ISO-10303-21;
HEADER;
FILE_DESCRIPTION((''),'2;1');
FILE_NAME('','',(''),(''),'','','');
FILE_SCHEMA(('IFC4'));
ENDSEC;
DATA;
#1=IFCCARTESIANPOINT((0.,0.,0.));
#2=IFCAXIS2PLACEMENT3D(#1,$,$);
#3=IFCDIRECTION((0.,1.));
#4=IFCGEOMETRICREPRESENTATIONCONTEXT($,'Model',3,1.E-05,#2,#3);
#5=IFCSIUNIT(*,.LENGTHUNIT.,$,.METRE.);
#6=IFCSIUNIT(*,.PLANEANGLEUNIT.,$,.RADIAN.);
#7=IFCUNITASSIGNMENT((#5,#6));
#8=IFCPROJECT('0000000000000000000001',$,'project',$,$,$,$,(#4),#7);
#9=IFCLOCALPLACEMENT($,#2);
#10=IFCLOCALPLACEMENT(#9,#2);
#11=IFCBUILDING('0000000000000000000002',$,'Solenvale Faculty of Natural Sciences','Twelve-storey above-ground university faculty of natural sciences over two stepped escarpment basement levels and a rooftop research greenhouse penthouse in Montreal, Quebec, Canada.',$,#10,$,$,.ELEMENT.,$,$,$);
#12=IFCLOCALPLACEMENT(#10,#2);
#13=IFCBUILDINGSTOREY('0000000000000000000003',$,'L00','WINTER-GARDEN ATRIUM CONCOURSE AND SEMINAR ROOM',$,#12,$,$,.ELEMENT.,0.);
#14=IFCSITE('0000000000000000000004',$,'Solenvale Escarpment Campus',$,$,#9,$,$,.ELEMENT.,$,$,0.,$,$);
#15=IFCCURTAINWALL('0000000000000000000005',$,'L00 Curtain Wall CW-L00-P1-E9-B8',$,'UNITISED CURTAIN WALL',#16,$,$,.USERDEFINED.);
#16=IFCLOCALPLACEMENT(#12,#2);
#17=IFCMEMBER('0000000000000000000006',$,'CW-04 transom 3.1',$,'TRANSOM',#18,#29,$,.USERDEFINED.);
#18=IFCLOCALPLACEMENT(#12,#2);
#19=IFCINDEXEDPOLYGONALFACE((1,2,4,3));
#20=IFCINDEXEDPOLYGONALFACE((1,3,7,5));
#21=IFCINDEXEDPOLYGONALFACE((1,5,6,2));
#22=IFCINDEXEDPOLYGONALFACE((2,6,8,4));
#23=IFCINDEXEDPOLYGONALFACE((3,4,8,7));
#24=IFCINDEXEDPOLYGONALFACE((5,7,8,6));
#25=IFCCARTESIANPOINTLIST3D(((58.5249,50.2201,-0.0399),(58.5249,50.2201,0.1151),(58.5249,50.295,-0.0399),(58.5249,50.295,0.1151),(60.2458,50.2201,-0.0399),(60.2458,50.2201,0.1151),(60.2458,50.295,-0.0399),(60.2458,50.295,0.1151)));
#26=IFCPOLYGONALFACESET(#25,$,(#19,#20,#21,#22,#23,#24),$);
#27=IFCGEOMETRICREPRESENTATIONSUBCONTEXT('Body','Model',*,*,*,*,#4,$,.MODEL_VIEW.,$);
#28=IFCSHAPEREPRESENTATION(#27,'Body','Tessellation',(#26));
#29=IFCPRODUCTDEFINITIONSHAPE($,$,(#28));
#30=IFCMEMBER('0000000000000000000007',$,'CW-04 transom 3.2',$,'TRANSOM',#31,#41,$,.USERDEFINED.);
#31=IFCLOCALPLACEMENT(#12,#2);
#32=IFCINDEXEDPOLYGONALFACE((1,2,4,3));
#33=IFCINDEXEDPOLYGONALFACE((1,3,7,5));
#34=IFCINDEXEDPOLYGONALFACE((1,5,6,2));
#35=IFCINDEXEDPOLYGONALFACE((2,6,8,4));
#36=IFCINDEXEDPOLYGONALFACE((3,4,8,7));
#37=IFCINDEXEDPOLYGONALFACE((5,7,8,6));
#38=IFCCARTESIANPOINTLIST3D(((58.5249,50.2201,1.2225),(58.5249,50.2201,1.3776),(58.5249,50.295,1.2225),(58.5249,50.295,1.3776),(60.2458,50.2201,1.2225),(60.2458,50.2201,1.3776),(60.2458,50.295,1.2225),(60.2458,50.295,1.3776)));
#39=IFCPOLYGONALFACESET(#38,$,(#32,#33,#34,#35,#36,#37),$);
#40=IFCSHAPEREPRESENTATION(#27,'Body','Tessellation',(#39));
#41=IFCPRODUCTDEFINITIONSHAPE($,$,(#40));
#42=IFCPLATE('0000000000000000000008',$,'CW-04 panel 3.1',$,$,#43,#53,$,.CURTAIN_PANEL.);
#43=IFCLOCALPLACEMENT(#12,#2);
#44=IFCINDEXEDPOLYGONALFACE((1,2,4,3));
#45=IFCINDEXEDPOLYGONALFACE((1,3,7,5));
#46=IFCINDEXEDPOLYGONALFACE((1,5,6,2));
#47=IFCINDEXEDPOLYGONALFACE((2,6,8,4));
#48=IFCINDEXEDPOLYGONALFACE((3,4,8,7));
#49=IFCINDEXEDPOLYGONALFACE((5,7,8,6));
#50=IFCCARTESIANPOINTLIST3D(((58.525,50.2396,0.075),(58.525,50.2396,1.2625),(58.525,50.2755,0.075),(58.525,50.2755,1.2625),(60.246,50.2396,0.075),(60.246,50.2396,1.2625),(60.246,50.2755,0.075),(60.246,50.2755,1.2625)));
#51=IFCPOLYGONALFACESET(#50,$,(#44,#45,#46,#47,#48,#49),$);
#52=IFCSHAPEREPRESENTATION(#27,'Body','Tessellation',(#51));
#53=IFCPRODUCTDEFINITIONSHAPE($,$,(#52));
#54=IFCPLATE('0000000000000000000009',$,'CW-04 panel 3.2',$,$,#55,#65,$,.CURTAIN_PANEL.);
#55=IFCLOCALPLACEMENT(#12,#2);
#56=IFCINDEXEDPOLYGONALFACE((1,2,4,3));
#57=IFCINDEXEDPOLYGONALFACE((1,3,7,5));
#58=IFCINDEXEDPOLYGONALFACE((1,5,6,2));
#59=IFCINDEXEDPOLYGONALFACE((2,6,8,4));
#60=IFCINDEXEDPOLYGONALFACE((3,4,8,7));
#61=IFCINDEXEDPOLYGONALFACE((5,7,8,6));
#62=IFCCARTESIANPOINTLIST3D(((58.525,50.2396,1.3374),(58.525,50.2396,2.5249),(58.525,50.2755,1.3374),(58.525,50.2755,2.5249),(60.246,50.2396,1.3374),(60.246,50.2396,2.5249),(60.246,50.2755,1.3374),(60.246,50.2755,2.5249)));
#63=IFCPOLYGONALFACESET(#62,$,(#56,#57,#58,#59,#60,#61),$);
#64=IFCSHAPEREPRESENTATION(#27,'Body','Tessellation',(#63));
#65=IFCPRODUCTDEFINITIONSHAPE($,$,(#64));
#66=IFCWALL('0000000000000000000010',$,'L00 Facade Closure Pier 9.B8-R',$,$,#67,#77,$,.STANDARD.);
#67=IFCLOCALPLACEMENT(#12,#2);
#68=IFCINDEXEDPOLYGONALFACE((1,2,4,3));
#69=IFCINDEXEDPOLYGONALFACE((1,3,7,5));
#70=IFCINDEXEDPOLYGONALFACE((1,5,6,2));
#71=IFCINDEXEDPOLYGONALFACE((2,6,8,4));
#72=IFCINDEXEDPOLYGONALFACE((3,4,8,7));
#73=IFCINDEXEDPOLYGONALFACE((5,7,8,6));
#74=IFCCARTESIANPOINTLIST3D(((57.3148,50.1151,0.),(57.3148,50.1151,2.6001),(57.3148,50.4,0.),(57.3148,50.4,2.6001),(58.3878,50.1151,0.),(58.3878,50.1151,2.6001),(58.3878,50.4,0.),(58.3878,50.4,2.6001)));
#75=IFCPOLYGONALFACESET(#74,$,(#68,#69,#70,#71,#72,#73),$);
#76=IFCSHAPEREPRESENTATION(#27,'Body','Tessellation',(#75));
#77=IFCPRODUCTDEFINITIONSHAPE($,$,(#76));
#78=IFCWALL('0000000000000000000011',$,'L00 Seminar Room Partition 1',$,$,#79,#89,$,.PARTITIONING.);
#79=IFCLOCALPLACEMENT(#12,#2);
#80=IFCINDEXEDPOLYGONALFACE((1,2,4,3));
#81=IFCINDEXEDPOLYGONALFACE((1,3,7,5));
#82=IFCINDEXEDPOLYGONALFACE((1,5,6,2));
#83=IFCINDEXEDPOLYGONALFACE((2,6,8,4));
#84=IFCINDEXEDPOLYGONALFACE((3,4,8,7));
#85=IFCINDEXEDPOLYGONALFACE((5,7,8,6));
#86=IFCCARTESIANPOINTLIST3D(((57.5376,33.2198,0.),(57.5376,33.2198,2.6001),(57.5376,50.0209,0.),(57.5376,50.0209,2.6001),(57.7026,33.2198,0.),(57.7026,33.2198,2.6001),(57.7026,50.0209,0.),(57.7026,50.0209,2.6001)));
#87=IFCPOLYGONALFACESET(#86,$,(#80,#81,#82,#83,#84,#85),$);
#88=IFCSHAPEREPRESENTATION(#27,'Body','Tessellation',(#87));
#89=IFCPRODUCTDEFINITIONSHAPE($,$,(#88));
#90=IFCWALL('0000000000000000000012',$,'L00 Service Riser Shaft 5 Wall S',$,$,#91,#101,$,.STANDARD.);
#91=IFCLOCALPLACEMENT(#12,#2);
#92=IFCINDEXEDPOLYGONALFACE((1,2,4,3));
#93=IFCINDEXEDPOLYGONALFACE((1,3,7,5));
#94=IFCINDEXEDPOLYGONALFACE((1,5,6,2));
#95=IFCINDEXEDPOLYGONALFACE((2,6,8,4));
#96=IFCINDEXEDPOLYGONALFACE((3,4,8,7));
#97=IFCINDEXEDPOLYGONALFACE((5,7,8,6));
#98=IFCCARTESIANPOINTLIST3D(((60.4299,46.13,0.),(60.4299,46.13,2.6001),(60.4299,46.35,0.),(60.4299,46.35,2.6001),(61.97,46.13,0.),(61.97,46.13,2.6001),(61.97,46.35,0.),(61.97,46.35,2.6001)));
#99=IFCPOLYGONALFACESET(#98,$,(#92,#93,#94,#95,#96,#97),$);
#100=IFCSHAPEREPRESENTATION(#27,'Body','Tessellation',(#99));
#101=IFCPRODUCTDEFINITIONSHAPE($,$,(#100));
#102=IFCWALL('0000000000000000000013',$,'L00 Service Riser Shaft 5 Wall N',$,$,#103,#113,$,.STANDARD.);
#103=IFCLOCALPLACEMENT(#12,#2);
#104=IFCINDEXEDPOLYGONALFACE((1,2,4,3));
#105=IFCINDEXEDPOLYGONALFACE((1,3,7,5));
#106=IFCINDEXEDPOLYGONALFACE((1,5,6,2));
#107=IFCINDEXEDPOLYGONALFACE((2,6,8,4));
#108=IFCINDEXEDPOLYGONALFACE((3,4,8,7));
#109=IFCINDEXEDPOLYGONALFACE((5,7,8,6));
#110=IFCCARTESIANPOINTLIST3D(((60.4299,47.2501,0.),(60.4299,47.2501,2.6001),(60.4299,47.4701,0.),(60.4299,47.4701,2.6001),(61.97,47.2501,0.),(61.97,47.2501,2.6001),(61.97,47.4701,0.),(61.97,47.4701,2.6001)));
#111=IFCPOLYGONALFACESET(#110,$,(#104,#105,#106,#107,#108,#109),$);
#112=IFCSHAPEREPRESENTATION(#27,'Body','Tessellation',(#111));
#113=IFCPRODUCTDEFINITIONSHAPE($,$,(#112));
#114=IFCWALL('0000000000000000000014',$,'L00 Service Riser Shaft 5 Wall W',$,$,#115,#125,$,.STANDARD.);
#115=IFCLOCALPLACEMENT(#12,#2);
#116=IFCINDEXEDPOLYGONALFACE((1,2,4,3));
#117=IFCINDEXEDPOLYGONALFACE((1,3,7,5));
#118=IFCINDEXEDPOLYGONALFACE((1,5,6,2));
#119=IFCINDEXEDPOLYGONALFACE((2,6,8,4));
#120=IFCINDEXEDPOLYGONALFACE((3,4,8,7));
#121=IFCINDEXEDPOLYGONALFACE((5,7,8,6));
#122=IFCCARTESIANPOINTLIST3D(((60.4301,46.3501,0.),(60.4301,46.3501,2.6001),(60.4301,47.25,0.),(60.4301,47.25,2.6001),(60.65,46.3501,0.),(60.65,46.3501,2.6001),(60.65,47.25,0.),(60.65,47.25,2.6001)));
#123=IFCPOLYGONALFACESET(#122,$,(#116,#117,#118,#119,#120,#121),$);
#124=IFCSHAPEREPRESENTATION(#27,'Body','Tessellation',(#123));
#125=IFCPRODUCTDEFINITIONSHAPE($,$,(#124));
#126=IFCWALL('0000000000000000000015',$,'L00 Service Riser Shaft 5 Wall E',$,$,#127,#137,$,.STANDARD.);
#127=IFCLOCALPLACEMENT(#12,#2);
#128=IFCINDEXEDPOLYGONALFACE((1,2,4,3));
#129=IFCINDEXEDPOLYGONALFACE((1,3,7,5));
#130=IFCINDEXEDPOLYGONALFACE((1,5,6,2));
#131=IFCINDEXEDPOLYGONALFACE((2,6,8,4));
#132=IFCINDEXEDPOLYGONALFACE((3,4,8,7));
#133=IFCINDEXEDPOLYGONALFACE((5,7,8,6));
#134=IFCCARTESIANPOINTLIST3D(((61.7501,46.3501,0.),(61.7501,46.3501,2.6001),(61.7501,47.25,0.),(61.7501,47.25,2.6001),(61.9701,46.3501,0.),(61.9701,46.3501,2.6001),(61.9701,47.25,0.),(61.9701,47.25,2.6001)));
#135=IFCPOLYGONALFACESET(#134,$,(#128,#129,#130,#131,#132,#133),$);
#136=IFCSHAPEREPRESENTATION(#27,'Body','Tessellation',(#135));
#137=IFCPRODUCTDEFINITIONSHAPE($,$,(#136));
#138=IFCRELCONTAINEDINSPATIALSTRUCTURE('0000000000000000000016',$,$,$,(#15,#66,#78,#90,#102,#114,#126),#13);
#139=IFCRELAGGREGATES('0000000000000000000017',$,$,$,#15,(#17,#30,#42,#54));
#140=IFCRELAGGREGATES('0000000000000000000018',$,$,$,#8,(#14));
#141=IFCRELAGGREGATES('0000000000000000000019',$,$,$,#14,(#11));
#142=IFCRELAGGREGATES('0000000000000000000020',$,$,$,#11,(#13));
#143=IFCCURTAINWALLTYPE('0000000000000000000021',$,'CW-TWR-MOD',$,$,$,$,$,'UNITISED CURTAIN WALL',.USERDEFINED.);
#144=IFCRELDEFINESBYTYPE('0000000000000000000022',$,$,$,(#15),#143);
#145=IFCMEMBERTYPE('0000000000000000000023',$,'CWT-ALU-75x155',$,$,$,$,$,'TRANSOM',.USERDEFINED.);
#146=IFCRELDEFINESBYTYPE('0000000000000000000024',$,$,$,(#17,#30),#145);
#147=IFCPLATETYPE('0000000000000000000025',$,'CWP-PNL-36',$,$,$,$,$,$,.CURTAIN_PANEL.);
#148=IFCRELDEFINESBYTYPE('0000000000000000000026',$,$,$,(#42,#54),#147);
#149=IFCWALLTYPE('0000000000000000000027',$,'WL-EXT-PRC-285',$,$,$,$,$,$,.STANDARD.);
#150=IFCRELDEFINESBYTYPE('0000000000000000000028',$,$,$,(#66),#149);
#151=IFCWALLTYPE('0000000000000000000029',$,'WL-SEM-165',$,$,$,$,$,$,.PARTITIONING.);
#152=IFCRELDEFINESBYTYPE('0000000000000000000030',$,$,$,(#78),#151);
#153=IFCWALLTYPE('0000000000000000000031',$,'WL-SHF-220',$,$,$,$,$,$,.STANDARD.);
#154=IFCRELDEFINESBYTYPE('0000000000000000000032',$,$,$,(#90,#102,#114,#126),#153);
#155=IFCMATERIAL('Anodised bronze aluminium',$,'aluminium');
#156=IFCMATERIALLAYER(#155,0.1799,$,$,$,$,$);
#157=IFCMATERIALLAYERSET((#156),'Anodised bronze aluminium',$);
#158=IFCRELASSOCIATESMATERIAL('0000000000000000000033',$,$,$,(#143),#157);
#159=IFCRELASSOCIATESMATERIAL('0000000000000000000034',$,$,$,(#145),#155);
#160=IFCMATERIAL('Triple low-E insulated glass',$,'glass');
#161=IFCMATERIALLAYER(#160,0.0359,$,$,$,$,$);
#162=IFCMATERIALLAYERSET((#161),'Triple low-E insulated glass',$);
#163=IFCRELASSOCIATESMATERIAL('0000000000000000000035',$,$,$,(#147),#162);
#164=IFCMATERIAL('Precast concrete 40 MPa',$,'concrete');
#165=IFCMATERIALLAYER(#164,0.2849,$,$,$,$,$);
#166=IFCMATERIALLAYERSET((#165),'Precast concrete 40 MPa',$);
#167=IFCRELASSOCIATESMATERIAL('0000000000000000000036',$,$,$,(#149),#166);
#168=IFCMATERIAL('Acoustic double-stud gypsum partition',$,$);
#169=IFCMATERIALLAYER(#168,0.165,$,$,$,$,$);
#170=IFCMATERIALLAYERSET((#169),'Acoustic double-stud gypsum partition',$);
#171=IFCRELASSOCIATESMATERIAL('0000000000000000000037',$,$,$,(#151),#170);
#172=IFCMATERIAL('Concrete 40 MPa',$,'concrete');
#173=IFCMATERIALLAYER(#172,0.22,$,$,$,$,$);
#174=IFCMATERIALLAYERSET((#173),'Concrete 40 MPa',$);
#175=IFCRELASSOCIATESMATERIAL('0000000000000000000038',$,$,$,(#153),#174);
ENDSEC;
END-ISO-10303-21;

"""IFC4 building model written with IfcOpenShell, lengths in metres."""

from ifc_helpers import new_model, si_unit, direction, frame, frame_2d, origin, origin_2d, place, context, subcontext, project, spatial, rectangle, extrude, material, layer, layer_set, material_profile, profile_set, type_object, element, aggregate, save


model = new_model("IFC4")

# Units and contexts
model_context = context("Model", 3, precision=1e-05, world=origin(), true_north=direction((0.0, 1.0)))
body_context = subcontext(model_context, "Body", "Model", "MODEL_VIEW")
ifc_project = project(units=[si_unit("LENGTHUNIT", "METRE"), si_unit("PLANEANGLEUNIT", "RADIAN")], contexts=[model_context])

# Site, building, storey
site_placement = place(None, origin())
site = spatial("IfcSite", under=ifc_project, at=site_placement, Name="Solenvale Escarpment Campus", CompositionType="ELEMENT", RefElevation=0.0)
building_placement = place(site_placement, origin())
building = spatial("IfcBuilding", under=site, at=building_placement, Name="Solenvale Faculty of Natural Sciences", Description="Twelve-storey above-ground university faculty of natural sciences over two stepped escarpment basement levels and a rooftop research greenhouse penthouse in Montreal, Quebec, Canada.", CompositionType="ELEMENT")
storey_placement = place(building_placement, origin())
storey = spatial("IfcBuildingStorey", under=building, at=storey_placement, Name="L00", Description="WINTER-GARDEN ATRIUM CONCOURSE AND SEMINAR ROOM", CompositionType="ELEMENT", Elevation=0.0)

# Shared definitions
ifc_material_1 = material(Name="Concrete 40 MPa", Category="concrete")

# Curtain wall, members, plates
ifc_material_2 = material(Name="Anodised bronze aluminium", Category="aluminium")
ifc_layer_1 = layer(ifc_material_2, 0.1799)
ifc_layer_set_1 = layer_set([ifc_layer_1], Name="Anodised bronze aluminium")
curtain_wall_type = type_object("IfcCurtainWallType", Name="CW-TWR-MOD", ElementType="UNITISED CURTAIN WALL", PredefinedType="USERDEFINED", material=ifc_layer_set_1)
curtain_wall_placement = place(storey_placement, origin())
curtain_wall = element("IfcCurtainWall", 1, at=curtain_wall_placement, inside=storey, type_object=curtain_wall_type, Name="L00 Curtain Wall CW-L00-P1-E9-B8", ObjectType="UNITISED CURTAIN WALL", PredefinedType="USERDEFINED")
ifc_material_profile_1 = material_profile(ifc_material_2, rectangle(XDim=0.075, YDim=0.155, at=origin_2d()), Name="ALU-TRN-75x155")
ifc_profile_set_1 = profile_set([ifc_material_profile_1], Name="Anodised bronze aluminium")
member_type_1 = type_object("IfcMemberType", Name="CWT-ALU-75x155", ElementType="TRANSOM", PredefinedType="USERDEFINED", material=ifc_profile_set_1)
member_1_placement = place(storey_placement, frame((60.2458, 50.2576, 0.0376), z_axis=(-1.0, 0.0, 0.0), x_axis=(0.0, -1.0, 0.0)))
member_1 = element("IfcMember", 2, at=member_1_placement, type_object=member_type_1, Name="CW-04 transom 3.1", ObjectType="TRANSOM", PredefinedType="USERDEFINED", context=body_context, shape_type="SweptSolid", body=[
    extrude(rectangle(XDim=0.075, YDim=0.155, at=origin_2d()), origin(), (0.0, 0.0, 1.0), 1.7209),
])
member_2_placement = place(storey_placement, frame((60.2458, 50.2576, 1.3), z_axis=(-1.0, 0.0, 0.0), x_axis=(0.0, -1.0, 0.0)))
member_2 = element("IfcMember", 3, at=member_2_placement, type_object=member_type_1, Name="CW-04 transom 3.2", ObjectType="TRANSOM", PredefinedType="USERDEFINED", context=body_context, shape_type="SweptSolid", body=[
    extrude(rectangle(XDim=0.075, YDim=0.155, at=origin_2d()), origin(), (0.0, 0.0, 1.0), 1.7209),
])
ifc_material_3 = material(Name="Triple low-E insulated glass", Category="glass")
ifc_layer_2 = layer(ifc_material_3, 0.0359)
ifc_layer_set_2 = layer_set([ifc_layer_2], Name="Triple low-E insulated glass")
plate_type = type_object("IfcPlateType", Name="CWP-PNL-36", PredefinedType="CURTAIN_PANEL", material=ifc_layer_set_2)
plate_1_placement = place(storey_placement, frame((59.3855, 50.2576, 0.075), z_axis=(0.0, 0.0, 1.0), x_axis=(-1.0, 0.0, 0.0)))
plate_1 = element("IfcPlate", 4, at=plate_1_placement, type_object=plate_type, Name="CW-04 panel 3.1", PredefinedType="CURTAIN_PANEL", context=body_context, shape_type="SweptSolid", body=[
    extrude(rectangle(XDim=1.7209, YDim=0.0359, at=origin_2d()), origin(), (0.0, 0.0, 1.0), 1.1875),
])
plate_2_placement = place(storey_placement, frame((59.3855, 50.2576, 1.3374), z_axis=(0.0, 0.0, 1.0), x_axis=(-1.0, 0.0, 0.0)))
plate_2 = element("IfcPlate", 5, at=plate_2_placement, type_object=plate_type, Name="CW-04 panel 3.2", PredefinedType="CURTAIN_PANEL", context=body_context, shape_type="SweptSolid", body=[
    extrude(rectangle(XDim=1.7209, YDim=0.0359, at=origin_2d()), origin(), (0.0, 0.0, 1.0), 1.1875),
])
aggregate(curtain_wall, [member_1, member_2, plate_1, plate_2])

# Walls
ifc_material_4 = material(Name="Precast concrete 40 MPa", Category="concrete")
ifc_layer_3 = layer(ifc_material_4, 0.2849)
ifc_layer_set_3 = layer_set([ifc_layer_3], Name="Precast concrete 40 MPa")
wall_type_1 = type_object("IfcWallType", Name="WL-EXT-PRC-285", PredefinedType="STANDARD", material=ifc_layer_set_3)
wall_1_placement = place(storey_placement, frame((58.3879, 50.2576, 0.0), z_axis=(0.0, 0.0, 1.0), x_axis=(-1.0, 0.0, 0.0)))
element("IfcWall", 6, at=wall_1_placement, inside=storey, type_object=wall_type_1, Name="L00 Facade Closure Pier 9.B8-R", PredefinedType="STANDARD", context=body_context, shape_type="SweptSolid", body=[
    extrude(rectangle(XDim=1.073, YDim=0.2849, at=frame_2d((0.5366, 0.0))), origin(), (0.0, 0.0, 1.0), 2.6001),
])
ifc_material_5 = material(Name="Acoustic double-stud gypsum partition")
ifc_layer_4 = layer(ifc_material_5, 0.165)
ifc_layer_set_4 = layer_set([ifc_layer_4], Name="Acoustic double-stud gypsum partition")
wall_type_2 = type_object("IfcWallType", Name="WL-SEM-165", PredefinedType="PARTITIONING", material=ifc_layer_set_4)
wall_2_placement = place(storey_placement, frame((57.6201, 33.22, 0.0), z_axis=(0.0, 0.0, 1.0), x_axis=(0.0, 1.0, 0.0)))
element("IfcWall", 7, at=wall_2_placement, inside=storey, type_object=wall_type_2, Name="L00 Seminar Room Partition 1", PredefinedType="PARTITIONING", context=body_context, shape_type="SweptSolid", body=[
    extrude(rectangle(XDim=16.801, YDim=0.165, at=frame_2d((8.4004, 0.0))), origin(), (0.0, 0.0, 1.0), 2.6001),
])
ifc_layer_5 = layer(ifc_material_1, 0.22)
ifc_layer_set_5 = layer_set([ifc_layer_5], Name="Concrete 40 MPa")
wall_type_3 = type_object("IfcWallType", Name="WL-SHF-220", PredefinedType="STANDARD", material=ifc_layer_set_5)
for number, where, z_axis, x_axis, name in (
    (8, (60.4299, 46.24, 0.0), (0.0, 0.0, 1.0), (1.0, 0.0, 0.0), "L00 Service Riser Shaft 5 Wall S"),
    (9, (60.4299, 47.3601, 0.0), (0.0, 0.0, 1.0), (1.0, 0.0, 0.0), "L00 Service Riser Shaft 5 Wall N"),
):
    element("IfcWall", number, at=place(storey_placement, frame(where, z_axis=z_axis, x_axis=x_axis)), inside=storey, type_object=wall_type_3, Name=name, PredefinedType="STANDARD", context=body_context, shape_type="SweptSolid", body=[
        extrude(rectangle(XDim=1.54, YDim=0.22, at=frame_2d((0.77, 0.0))), origin(), (0.0, 0.0, 1.0), 2.6001),
    ])
for number, where, z_axis, x_axis, name in (
    (10, (60.54, 46.3501, 0.0), (0.0, 0.0, 1.0), (0.0, 1.0, 0.0), "L00 Service Riser Shaft 5 Wall W"),
    (11, (61.8601, 46.3501, 0.0), (0.0, 0.0, 1.0), (0.0, 1.0, 0.0), "L00 Service Riser Shaft 5 Wall E"),
):
    element("IfcWall", number, at=place(storey_placement, frame(where, z_axis=z_axis, x_axis=x_axis)), inside=storey, type_object=wall_type_3, Name=name, PredefinedType="STANDARD", context=body_context, shape_type="SweptSolid", body=[
        extrude(rectangle(XDim=0.8999, YDim=0.22, at=frame_2d((0.45, 0.0))), origin(), (0.0, 0.0, 1.0), 2.6001),
    ])

save(model, "model.ifc")
